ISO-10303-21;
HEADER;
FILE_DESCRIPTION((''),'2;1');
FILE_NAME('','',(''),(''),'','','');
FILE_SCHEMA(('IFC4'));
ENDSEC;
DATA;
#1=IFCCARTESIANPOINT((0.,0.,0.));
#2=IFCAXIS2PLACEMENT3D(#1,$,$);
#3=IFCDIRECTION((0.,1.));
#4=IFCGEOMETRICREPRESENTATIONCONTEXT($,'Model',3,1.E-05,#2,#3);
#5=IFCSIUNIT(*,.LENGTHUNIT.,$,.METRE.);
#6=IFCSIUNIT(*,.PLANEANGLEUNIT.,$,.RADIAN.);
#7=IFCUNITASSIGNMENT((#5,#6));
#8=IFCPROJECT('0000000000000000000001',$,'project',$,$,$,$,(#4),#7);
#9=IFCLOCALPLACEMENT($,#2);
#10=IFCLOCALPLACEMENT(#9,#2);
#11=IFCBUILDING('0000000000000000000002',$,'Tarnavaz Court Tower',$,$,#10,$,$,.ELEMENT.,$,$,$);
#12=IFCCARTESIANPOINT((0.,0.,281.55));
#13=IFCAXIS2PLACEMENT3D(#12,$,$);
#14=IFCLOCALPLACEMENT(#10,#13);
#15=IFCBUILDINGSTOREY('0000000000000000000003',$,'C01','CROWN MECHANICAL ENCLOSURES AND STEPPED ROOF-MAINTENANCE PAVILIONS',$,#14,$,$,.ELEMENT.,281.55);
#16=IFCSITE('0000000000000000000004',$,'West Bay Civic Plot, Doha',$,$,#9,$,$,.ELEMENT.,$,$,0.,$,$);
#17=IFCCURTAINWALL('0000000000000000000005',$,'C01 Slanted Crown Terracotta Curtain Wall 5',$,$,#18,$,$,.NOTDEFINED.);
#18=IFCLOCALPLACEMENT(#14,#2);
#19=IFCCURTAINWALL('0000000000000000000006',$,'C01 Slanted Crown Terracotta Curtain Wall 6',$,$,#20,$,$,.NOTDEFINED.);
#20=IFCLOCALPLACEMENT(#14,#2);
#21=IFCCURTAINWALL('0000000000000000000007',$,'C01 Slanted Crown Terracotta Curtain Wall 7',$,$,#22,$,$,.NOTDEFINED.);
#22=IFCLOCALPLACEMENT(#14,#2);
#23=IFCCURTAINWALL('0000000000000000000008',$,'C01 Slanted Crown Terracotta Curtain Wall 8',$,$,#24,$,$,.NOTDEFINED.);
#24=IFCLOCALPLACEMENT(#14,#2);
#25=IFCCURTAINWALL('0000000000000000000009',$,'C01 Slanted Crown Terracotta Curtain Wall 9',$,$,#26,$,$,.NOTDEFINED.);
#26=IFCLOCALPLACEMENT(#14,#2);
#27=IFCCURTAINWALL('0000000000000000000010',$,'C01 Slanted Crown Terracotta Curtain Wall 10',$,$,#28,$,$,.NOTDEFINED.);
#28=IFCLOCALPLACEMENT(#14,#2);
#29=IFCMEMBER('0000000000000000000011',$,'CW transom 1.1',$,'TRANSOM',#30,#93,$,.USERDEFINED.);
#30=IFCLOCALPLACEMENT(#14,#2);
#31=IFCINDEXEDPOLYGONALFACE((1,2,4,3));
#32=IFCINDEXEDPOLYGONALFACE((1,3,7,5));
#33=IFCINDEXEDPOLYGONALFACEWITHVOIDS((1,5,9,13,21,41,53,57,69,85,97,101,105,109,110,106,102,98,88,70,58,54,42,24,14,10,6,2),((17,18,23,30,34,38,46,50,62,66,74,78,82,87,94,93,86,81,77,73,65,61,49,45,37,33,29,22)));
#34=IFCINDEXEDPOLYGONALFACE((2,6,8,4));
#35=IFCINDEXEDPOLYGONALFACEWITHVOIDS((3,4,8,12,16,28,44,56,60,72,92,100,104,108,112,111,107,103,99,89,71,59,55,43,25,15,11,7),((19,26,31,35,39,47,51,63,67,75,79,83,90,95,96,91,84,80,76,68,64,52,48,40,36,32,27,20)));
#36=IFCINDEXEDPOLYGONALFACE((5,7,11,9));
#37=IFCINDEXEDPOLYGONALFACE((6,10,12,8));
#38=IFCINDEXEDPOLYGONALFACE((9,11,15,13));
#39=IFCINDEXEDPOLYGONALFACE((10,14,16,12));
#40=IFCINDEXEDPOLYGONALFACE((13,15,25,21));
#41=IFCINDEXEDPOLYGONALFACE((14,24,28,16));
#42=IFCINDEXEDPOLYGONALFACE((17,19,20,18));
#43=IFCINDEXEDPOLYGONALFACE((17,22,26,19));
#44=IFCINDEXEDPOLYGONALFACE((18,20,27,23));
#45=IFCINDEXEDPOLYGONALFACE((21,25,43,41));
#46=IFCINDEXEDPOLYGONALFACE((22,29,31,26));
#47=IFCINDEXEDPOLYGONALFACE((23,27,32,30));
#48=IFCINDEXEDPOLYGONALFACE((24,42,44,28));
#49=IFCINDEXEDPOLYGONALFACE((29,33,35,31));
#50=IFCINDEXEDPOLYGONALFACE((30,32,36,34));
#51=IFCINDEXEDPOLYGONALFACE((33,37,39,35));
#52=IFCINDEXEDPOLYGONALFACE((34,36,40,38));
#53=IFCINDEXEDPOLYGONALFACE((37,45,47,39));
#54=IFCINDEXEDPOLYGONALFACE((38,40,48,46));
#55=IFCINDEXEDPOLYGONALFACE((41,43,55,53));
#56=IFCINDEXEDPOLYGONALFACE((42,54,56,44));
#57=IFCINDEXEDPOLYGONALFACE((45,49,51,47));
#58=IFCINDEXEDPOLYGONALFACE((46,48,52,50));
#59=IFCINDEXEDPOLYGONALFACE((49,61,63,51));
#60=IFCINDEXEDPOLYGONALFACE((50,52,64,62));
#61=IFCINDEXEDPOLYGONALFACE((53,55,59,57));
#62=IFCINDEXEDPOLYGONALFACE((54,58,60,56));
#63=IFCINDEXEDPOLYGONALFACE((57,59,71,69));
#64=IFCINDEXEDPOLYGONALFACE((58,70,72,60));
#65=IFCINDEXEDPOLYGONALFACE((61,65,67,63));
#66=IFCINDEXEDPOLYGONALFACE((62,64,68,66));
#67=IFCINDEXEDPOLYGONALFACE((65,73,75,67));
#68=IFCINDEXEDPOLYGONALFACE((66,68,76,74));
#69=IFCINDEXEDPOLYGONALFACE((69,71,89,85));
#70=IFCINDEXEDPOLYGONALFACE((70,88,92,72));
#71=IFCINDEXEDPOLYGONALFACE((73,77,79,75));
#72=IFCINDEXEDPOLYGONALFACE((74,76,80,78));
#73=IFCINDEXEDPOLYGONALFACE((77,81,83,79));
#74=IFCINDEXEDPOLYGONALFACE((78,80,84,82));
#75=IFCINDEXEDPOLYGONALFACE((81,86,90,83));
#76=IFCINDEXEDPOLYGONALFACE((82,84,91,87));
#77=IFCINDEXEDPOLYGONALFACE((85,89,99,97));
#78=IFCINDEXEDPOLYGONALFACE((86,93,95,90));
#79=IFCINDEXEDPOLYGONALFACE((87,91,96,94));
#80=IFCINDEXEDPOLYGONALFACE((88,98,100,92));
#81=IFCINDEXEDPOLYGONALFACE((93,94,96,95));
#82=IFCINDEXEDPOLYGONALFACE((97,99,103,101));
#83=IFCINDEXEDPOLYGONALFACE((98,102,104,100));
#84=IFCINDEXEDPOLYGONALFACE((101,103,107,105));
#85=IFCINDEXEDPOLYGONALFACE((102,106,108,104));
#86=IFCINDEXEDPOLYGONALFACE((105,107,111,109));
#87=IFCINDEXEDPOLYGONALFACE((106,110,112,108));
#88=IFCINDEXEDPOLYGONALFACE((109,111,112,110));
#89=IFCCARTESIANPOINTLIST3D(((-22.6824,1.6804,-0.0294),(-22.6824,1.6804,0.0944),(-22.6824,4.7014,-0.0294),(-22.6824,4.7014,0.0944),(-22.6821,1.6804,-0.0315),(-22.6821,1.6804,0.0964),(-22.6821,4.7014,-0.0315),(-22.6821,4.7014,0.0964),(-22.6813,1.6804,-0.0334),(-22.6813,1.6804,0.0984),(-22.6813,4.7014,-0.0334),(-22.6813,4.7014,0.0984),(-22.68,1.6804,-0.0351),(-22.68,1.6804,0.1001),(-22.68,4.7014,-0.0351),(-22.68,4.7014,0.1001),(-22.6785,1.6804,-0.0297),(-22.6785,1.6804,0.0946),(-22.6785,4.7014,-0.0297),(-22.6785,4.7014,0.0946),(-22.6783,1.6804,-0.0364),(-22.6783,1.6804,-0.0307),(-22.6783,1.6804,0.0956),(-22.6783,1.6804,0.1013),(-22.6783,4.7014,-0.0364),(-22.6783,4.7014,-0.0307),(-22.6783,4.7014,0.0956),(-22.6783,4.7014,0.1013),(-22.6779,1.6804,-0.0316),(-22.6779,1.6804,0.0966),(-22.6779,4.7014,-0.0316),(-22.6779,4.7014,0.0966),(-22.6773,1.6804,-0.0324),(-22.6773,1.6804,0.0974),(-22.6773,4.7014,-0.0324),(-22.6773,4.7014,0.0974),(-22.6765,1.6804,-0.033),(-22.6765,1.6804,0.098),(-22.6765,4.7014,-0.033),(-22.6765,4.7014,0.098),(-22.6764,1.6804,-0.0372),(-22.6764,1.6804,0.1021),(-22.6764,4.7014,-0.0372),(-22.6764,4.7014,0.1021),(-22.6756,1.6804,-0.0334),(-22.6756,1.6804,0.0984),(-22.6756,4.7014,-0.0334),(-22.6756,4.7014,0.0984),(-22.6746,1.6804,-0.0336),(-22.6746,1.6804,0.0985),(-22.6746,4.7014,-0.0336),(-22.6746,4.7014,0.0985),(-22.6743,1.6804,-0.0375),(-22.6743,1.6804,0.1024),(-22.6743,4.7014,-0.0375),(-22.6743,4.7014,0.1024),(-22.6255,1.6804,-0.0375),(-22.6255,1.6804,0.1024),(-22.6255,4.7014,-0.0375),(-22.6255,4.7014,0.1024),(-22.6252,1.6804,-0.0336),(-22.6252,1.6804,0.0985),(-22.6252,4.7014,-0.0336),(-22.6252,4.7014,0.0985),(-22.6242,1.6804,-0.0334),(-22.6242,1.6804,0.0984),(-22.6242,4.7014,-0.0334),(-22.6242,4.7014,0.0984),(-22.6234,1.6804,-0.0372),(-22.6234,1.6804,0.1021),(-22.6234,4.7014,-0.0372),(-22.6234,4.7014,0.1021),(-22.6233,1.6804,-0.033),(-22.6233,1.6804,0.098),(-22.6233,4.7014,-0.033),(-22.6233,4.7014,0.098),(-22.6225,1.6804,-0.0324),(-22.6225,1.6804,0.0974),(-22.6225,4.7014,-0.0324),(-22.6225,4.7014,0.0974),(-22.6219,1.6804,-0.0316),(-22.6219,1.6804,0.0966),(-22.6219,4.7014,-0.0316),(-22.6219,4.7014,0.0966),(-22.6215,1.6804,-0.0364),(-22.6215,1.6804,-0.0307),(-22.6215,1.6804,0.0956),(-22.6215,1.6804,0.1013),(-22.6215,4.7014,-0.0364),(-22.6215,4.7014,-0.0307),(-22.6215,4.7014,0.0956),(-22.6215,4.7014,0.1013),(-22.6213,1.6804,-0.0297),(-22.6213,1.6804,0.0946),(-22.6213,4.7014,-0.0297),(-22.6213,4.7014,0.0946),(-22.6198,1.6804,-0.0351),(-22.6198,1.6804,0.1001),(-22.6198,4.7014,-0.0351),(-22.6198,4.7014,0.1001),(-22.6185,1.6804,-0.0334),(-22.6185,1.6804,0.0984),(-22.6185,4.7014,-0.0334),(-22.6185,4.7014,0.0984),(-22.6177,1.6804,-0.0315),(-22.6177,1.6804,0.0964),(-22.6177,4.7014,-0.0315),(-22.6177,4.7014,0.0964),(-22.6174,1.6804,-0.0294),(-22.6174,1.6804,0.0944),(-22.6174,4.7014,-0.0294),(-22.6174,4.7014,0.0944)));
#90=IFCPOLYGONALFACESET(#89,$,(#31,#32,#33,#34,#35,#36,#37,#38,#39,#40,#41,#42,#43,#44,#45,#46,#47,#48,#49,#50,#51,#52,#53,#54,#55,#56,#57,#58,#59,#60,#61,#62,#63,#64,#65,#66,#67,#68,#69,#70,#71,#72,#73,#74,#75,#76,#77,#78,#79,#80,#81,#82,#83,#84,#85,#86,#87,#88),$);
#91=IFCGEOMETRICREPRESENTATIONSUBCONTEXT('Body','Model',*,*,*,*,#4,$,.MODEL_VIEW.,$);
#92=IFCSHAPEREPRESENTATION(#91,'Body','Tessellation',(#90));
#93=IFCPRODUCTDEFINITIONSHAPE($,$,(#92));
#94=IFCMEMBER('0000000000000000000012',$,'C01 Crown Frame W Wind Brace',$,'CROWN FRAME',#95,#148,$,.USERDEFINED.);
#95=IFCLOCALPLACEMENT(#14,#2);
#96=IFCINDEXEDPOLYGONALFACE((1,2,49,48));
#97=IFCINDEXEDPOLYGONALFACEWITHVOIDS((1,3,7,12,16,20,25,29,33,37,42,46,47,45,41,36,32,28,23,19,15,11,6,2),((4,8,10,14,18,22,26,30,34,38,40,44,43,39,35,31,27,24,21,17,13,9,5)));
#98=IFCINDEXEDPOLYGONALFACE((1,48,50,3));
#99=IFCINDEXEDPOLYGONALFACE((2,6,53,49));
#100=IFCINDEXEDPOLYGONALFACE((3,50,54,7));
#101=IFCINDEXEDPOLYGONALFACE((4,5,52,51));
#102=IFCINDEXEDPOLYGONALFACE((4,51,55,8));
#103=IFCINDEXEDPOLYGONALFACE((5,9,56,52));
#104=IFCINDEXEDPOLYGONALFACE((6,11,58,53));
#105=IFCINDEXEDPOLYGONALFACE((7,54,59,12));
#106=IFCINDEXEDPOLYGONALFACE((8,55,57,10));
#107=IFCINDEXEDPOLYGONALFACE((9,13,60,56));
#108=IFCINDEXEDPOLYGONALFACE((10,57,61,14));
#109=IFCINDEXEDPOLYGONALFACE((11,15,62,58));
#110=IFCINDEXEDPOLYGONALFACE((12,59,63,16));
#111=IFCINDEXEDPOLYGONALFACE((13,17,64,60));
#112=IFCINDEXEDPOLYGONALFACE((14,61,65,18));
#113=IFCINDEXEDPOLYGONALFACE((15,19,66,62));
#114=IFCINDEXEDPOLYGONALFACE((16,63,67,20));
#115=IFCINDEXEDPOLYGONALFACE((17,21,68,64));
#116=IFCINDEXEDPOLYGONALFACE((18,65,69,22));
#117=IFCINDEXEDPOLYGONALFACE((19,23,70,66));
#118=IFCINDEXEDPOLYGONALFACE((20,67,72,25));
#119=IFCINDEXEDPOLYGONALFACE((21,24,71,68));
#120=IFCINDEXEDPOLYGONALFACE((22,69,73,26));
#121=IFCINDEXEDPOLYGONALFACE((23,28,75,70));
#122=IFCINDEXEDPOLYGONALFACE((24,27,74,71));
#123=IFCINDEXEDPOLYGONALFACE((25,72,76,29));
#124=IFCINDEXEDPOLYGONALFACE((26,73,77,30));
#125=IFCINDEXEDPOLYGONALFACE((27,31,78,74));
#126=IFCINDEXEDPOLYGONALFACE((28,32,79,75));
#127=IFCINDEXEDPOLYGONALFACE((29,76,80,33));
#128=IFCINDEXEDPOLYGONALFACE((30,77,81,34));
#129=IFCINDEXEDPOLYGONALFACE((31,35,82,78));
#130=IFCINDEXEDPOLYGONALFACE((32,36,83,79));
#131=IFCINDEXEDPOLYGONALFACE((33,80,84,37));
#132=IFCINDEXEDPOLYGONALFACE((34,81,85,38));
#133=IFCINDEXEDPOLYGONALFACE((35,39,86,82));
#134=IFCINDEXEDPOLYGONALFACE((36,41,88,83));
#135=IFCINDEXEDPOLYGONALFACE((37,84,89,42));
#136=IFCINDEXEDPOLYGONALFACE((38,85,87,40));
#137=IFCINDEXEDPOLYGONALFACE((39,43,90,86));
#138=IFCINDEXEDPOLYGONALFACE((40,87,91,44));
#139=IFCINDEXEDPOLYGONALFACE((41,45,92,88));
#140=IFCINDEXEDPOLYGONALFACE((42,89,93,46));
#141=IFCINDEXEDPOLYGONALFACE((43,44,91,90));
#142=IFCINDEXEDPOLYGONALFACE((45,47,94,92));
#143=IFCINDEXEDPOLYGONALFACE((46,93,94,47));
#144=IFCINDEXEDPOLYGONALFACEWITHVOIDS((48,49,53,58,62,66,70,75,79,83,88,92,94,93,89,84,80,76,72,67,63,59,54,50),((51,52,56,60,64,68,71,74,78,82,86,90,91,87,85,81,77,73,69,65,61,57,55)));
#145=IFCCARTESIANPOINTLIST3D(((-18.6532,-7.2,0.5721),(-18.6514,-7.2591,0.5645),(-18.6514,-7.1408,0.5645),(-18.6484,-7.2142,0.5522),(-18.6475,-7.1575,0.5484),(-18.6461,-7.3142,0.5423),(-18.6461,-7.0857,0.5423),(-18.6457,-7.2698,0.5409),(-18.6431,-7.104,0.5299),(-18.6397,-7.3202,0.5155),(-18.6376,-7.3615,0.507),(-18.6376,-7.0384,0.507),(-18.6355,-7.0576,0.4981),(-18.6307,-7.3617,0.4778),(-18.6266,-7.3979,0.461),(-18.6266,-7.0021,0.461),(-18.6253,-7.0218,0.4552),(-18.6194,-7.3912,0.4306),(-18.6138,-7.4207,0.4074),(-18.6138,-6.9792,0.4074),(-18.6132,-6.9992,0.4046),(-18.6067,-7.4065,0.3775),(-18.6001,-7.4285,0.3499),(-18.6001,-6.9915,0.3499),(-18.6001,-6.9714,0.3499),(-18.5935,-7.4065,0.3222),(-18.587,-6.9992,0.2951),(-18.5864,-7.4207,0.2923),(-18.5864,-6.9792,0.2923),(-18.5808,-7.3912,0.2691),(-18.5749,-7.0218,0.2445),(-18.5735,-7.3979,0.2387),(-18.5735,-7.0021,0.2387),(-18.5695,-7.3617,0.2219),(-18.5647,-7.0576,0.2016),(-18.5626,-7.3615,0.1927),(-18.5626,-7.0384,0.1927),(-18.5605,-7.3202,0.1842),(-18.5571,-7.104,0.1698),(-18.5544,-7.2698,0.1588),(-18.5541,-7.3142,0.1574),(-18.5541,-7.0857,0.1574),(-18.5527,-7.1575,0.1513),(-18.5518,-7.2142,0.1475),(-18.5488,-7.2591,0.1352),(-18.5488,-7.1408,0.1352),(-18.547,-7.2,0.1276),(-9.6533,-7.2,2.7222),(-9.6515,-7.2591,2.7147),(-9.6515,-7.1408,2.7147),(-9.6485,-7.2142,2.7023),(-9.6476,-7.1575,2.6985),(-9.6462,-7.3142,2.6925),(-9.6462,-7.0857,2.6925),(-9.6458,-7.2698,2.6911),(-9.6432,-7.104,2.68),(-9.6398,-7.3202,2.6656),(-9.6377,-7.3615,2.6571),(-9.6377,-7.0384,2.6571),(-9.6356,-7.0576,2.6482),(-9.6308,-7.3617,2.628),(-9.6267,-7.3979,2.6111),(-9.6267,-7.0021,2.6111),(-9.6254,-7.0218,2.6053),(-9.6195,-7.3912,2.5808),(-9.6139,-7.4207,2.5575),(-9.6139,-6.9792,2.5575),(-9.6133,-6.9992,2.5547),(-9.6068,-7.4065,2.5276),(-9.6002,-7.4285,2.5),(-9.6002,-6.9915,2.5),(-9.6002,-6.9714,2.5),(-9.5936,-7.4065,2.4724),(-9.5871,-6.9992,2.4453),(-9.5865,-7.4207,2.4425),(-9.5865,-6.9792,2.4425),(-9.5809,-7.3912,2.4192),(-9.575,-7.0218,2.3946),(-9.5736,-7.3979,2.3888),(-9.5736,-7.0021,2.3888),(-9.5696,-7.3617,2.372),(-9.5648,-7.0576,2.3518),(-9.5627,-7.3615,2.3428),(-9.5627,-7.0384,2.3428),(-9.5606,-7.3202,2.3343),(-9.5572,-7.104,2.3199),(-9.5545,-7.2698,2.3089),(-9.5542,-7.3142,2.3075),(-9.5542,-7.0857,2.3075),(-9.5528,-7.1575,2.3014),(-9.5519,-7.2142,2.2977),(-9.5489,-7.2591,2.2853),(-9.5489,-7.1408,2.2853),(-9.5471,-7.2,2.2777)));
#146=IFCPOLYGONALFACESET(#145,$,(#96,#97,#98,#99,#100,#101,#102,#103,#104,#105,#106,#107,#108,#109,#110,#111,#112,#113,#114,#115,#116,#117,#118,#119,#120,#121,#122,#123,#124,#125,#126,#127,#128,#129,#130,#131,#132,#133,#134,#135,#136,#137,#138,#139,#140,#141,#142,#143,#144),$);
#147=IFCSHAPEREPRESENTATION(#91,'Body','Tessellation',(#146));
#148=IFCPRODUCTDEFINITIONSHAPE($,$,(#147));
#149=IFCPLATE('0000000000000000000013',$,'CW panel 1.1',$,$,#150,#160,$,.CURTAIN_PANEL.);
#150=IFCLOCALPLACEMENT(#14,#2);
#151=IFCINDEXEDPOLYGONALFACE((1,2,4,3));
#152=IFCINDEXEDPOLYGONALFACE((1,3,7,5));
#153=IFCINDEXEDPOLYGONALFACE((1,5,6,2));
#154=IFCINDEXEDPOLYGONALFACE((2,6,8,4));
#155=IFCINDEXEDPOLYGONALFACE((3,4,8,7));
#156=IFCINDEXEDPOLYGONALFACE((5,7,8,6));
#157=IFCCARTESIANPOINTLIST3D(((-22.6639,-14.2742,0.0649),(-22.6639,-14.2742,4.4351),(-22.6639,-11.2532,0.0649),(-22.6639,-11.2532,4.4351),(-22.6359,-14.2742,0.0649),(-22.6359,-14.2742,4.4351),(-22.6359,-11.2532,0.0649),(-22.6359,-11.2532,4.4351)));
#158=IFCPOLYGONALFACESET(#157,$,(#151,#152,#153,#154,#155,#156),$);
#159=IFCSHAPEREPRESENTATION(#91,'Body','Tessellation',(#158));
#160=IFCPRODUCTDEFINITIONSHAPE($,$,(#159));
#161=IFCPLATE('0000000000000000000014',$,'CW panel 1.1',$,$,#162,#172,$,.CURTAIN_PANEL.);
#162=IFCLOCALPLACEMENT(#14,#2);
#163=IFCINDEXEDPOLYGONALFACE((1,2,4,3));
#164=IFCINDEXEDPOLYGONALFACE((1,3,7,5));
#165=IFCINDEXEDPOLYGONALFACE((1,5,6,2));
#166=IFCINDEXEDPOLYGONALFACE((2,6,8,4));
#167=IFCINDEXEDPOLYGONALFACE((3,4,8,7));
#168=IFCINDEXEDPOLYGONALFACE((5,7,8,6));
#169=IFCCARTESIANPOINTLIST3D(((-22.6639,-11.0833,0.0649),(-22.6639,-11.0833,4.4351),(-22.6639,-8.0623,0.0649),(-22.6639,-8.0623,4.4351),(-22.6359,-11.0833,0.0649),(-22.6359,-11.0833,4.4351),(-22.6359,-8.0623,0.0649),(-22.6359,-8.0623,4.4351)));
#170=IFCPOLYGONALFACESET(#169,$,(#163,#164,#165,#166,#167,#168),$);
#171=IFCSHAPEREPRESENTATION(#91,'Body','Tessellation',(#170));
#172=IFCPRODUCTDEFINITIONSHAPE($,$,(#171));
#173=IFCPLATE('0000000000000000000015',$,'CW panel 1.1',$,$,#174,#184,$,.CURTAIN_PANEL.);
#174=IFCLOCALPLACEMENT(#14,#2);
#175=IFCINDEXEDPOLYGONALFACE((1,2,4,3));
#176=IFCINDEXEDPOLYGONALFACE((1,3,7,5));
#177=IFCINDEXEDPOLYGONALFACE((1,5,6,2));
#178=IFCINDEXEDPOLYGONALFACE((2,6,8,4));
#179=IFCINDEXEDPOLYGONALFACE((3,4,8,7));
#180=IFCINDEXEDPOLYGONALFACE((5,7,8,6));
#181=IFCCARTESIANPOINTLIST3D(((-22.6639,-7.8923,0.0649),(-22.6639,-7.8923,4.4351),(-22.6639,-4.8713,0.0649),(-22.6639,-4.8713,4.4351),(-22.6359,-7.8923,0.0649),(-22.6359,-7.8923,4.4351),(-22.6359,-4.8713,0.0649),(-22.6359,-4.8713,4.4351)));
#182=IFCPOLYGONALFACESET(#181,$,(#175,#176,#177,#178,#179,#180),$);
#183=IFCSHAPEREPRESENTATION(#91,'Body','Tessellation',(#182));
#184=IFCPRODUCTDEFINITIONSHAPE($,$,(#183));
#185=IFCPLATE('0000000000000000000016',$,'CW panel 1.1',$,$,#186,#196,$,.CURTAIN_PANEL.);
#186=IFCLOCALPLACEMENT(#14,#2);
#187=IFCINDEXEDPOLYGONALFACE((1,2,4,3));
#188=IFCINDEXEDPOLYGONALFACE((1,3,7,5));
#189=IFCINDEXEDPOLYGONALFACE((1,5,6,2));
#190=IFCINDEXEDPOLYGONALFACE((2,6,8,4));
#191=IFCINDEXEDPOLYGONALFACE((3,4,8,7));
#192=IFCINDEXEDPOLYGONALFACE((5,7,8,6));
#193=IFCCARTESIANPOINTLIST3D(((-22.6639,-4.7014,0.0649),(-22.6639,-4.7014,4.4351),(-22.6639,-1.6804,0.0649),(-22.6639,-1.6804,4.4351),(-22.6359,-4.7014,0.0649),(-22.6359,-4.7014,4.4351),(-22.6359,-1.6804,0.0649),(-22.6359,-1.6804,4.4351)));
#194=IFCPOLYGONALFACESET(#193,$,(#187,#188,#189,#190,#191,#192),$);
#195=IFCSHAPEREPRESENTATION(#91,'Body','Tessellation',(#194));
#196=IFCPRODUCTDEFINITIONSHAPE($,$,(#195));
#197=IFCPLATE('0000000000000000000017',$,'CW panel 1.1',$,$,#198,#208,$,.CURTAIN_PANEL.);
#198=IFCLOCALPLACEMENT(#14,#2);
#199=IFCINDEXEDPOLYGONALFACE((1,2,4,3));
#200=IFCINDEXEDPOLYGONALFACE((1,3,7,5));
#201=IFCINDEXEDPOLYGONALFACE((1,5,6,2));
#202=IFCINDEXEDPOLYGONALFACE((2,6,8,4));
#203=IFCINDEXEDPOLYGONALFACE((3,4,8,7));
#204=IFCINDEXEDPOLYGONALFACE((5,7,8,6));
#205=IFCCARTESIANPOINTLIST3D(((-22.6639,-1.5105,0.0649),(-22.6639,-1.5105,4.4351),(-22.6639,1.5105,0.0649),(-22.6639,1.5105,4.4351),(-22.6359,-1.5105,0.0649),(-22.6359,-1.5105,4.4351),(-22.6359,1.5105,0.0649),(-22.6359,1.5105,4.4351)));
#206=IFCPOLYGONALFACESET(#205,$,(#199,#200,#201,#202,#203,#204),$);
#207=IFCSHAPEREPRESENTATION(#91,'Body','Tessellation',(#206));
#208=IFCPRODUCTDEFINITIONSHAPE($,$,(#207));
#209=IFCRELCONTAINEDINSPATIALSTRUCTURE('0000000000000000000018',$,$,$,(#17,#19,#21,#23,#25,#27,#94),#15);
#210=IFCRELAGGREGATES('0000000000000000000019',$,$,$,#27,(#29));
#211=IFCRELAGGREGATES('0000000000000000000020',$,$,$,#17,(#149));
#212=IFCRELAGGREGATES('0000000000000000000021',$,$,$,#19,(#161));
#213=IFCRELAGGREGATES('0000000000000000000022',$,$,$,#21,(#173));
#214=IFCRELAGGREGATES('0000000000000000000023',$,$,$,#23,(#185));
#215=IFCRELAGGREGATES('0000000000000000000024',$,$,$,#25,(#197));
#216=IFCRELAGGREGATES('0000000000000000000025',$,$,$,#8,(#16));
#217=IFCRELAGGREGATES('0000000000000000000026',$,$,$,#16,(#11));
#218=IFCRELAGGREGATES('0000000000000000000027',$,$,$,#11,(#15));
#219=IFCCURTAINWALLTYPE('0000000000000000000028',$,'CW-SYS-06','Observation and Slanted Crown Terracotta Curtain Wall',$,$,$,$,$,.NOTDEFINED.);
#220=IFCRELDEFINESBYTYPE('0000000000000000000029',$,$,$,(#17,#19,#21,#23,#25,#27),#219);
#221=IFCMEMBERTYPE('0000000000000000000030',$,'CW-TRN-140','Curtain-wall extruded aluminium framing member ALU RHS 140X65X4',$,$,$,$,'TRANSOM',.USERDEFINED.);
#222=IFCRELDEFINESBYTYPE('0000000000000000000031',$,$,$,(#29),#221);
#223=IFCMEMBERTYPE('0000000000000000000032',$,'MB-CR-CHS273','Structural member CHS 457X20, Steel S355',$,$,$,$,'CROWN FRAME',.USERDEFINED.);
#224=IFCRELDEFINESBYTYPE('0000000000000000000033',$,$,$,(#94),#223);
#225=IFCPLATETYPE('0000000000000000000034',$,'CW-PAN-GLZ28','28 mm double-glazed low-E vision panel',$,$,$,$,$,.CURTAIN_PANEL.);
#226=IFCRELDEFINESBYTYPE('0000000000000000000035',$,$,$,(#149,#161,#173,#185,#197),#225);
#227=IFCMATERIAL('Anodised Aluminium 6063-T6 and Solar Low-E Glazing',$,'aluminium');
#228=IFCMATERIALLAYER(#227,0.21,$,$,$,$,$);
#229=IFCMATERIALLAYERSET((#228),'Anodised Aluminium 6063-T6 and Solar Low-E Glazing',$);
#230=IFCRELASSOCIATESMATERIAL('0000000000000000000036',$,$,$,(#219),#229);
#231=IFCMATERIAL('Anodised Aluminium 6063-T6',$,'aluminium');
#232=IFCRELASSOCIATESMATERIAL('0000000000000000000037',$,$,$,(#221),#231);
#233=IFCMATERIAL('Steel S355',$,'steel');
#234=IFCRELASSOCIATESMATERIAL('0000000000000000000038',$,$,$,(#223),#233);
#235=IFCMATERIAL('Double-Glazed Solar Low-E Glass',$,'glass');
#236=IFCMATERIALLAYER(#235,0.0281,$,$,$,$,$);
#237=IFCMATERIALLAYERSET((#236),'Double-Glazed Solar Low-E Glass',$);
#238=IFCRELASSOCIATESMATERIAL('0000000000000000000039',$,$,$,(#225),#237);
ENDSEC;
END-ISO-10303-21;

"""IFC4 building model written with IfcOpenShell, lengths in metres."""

from ifc_helpers import new_model, si_unit, direction, frame, origin, origin_2d, place, context, subcontext, project, spatial, rectangle, hollow_rectangle, hollow_circle, extrude, material, layer, layer_set, material_profile, profile_set, type_object, element, aggregate, save


model = new_model("IFC4")

# Units and contexts
model_context = context("Model", 3, precision=1e-05, world=origin(), true_north=direction((0.0, 1.0)))
body_context = subcontext(model_context, "Body", "Model", "MODEL_VIEW")
ifc_project = project(units=[si_unit("LENGTHUNIT", "METRE"), si_unit("PLANEANGLEUNIT", "RADIAN")], contexts=[model_context])

# Site, building, storey
site_placement = place(None, origin())
site = spatial("IfcSite", under=ifc_project, at=site_placement, Name="West Bay Civic Plot, Doha", CompositionType="ELEMENT", RefElevation=0.0)
building_placement = place(site_placement, origin())
building = spatial("IfcBuilding", under=site, at=building_placement, Name="Tarnavaz Court Tower", CompositionType="ELEMENT")
storey_placement = place(building_placement, frame((0.0, 0.0, 281.55)))
storey = spatial("IfcBuildingStorey", under=building, at=storey_placement, Name="C01", Description="CROWN MECHANICAL ENCLOSURES AND STEPPED ROOF-MAINTENANCE PAVILIONS", CompositionType="ELEMENT", Elevation=281.55)

# Shared definitions
ifc_material_1 = material(Name="Steel S355", Category="steel")

# Curtain wall
ifc_material_2 = material(Name="Anodised Aluminium 6063-T6 and Solar Low-E Glazing", Category="aluminium")
ifc_layer_1 = layer(ifc_material_2, 0.21)
ifc_layer_set_1 = layer_set([ifc_layer_1], Name="Anodised Aluminium 6063-T6 and Solar Low-E Glazing")
curtain_wall_type = type_object("IfcCurtainWallType", Name="CW-SYS-06", Description="Observation and Slanted Crown Terracotta Curtain Wall", PredefinedType="NOTDEFINED", material=ifc_layer_set_1)
curtain_wall_1_placement = place(storey_placement, origin())
curtain_wall_1 = element("IfcCurtainWall", 1, at=curtain_wall_1_placement, inside=storey, type_object=curtain_wall_type, Name="C01 Slanted Crown Terracotta Curtain Wall 5", PredefinedType="NOTDEFINED")
ifc_material_3 = material(Name="Anodised Aluminium 6063-T6", Category="aluminium")

# Curtain walls
curtain_wall_2_placement = place(storey_placement, origin())
curtain_wall_2 = element("IfcCurtainWall", 2, at=curtain_wall_2_placement, inside=storey, type_object=curtain_wall_type, Name="C01 Slanted Crown Terracotta Curtain Wall 6", PredefinedType="NOTDEFINED")
curtain_wall_3_placement = place(storey_placement, origin())
curtain_wall_3 = element("IfcCurtainWall", 3, at=curtain_wall_3_placement, inside=storey, type_object=curtain_wall_type, Name="C01 Slanted Crown Terracotta Curtain Wall 7", PredefinedType="NOTDEFINED")
curtain_wall_4_placement = place(storey_placement, origin())
curtain_wall_4 = element("IfcCurtainWall", 4, at=curtain_wall_4_placement, inside=storey, type_object=curtain_wall_type, Name="C01 Slanted Crown Terracotta Curtain Wall 8", PredefinedType="NOTDEFINED")
curtain_wall_5_placement = place(storey_placement, origin())
curtain_wall_5 = element("IfcCurtainWall", 5, at=curtain_wall_5_placement, inside=storey, type_object=curtain_wall_type, Name="C01 Slanted Crown Terracotta Curtain Wall 9", PredefinedType="NOTDEFINED")

# Curtain wall
curtain_wall_6_placement = place(storey_placement, origin())
curtain_wall_6 = element("IfcCurtainWall", 6, at=curtain_wall_6_placement, inside=storey, type_object=curtain_wall_type, Name="C01 Slanted Crown Terracotta Curtain Wall 10", PredefinedType="NOTDEFINED")

# Members
ifc_material_profile_1 = material_profile(ifc_material_3, hollow_rectangle(XDim=0.0649, YDim=0.1399, WallThickness=0.0039, InnerFilletRadius=0.0039, OuterFilletRadius=0.0081, at=origin_2d()), Name="ALU RHS 140X65X4")
ifc_profile_set_1 = profile_set([ifc_material_profile_1], Name="Anodised Aluminium 6063-T6")
member_type_1 = type_object("IfcMemberType", Name="CW-TRN-140", Description="Curtain-wall extruded aluminium framing member ALU RHS 140X65X4", ElementType="TRANSOM", PredefinedType="USERDEFINED", material=ifc_profile_set_1)
member_1_placement = place(storey_placement, frame((-22.6499, 1.6804, 0.0325), z_axis=(0.0, 1.0, 0.0), x_axis=(-1.0, 0.0, 0.0)))
member_1 = element("IfcMember", 7, at=member_1_placement, type_object=member_type_1, Name="CW transom 1.1", ObjectType="TRANSOM", PredefinedType="USERDEFINED", context=body_context, shape_type="SweptSolid", body=[
    extrude(hollow_rectangle(XDim=0.0649, YDim=0.1399, WallThickness=0.0039, InnerFilletRadius=0.0039, OuterFilletRadius=0.0081, at=origin_2d()), origin(), (0.0, 0.0, 1.0), 3.021),
])
aggregate(curtain_wall_6, [member_1])
ifc_material_profile_2 = material_profile(ifc_material_1, hollow_circle(Radius=0.2285, WallThickness=0.02, at=origin_2d()), Name="CHS 457X20")
ifc_profile_set_2 = profile_set([ifc_material_profile_2], Name="Steel S355")
member_type_2 = type_object("IfcMemberType", Name="MB-CR-CHS273", Description="Structural member CHS 457X20, Steel S355", ElementType="CROWN FRAME", PredefinedType="USERDEFINED", material=ifc_profile_set_2)
member_2_placement = place(storey_placement, frame((-18.6001, -7.2, 0.3499), z_axis=(0.972628, 0.0, 0.232366), x_axis=(0.0, 1.0, 0.0)))
element("IfcMember", 8, at=member_2_placement, inside=storey, type_object=member_type_2, Name="C01 Crown Frame W Wind Brace", ObjectType="CROWN FRAME", PredefinedType="USERDEFINED", context=body_context, shape_type="SweptSolid", body=[
    extrude(hollow_circle(Radius=0.2285, WallThickness=0.02, at=origin_2d()), origin(), (0.0, 0.0, 1.0), 9.2532),
])

# Plates
ifc_material_4 = material(Name="Double-Glazed Solar Low-E Glass", Category="glass")
ifc_layer_2 = layer(ifc_material_4, 0.0281)
ifc_layer_set_2 = layer_set([ifc_layer_2], Name="Double-Glazed Solar Low-E Glass")
plate_type_1 = type_object("IfcPlateType", Name="CW-PAN-GLZ28", Description="28 mm double-glazed low-E vision panel", PredefinedType="CURTAIN_PANEL", material=ifc_layer_set_2)
plate_1_placement = place(storey_placement, frame((-22.6499, -12.7637, 0.0649), z_axis=(0.0, 0.0, 1.0), x_axis=(0.0, 1.0, 0.0)))
plate_1 = element("IfcPlate", 9, at=plate_1_placement, type_object=plate_type_1, Name="CW panel 1.1", PredefinedType="CURTAIN_PANEL", context=body_context, shape_type="SweptSolid", body=[
    extrude(rectangle(XDim=3.021, YDim=0.0281, at=origin_2d()), origin(), (0.0, 0.0, 1.0), 4.3701),
])
aggregate(curtain_wall_1, [plate_1])
plate_2_placement = place(storey_placement, frame((-22.6499, -9.5728, 0.0649), z_axis=(0.0, 0.0, 1.0), x_axis=(0.0, 1.0, 0.0)))
plate_2 = element("IfcPlate", 10, at=plate_2_placement, type_object=plate_type_1, Name="CW panel 1.1", PredefinedType="CURTAIN_PANEL", context=body_context, shape_type="SweptSolid", body=[
    extrude(rectangle(XDim=3.021, YDim=0.0281, at=origin_2d()), origin(), (0.0, 0.0, 1.0), 4.3701),
])
aggregate(curtain_wall_2, [plate_2])
plate_3_placement = place(storey_placement, frame((-22.6499, -6.3818, 0.0649), z_axis=(0.0, 0.0, 1.0), x_axis=(0.0, 1.0, 0.0)))
plate_3 = element("IfcPlate", 11, at=plate_3_placement, type_object=plate_type_1, Name="CW panel 1.1", PredefinedType="CURTAIN_PANEL", context=body_context, shape_type="SweptSolid", body=[
    extrude(rectangle(XDim=3.021, YDim=0.0281, at=origin_2d()), origin(), (0.0, 0.0, 1.0), 4.3701),
])
aggregate(curtain_wall_3, [plate_3])
plate_4_placement = place(storey_placement, frame((-22.6499, -3.1909, 0.0649), z_axis=(0.0, 0.0, 1.0), x_axis=(0.0, 1.0, 0.0)))
plate_4 = element("IfcPlate", 12, at=plate_4_placement, type_object=plate_type_1, Name="CW panel 1.1", PredefinedType="CURTAIN_PANEL", context=body_context, shape_type="SweptSolid", body=[
    extrude(rectangle(XDim=3.021, YDim=0.0281, at=origin_2d()), origin(), (0.0, 0.0, 1.0), 4.3701),
])
aggregate(curtain_wall_4, [plate_4])
plate_5_placement = place(storey_placement, frame((-22.6499, 0.0, 0.0649), z_axis=(0.0, 0.0, 1.0), x_axis=(0.0, 1.0, 0.0)))
plate_5 = element("IfcPlate", 13, at=plate_5_placement, type_object=plate_type_1, Name="CW panel 1.1", PredefinedType="CURTAIN_PANEL", context=body_context, shape_type="SweptSolid", body=[
    extrude(rectangle(XDim=3.021, YDim=0.0281, at=origin_2d()), origin(), (0.0, 0.0, 1.0), 4.3701),
])
aggregate(curtain_wall_5, [plate_5])

save(model, "model.ifc")
